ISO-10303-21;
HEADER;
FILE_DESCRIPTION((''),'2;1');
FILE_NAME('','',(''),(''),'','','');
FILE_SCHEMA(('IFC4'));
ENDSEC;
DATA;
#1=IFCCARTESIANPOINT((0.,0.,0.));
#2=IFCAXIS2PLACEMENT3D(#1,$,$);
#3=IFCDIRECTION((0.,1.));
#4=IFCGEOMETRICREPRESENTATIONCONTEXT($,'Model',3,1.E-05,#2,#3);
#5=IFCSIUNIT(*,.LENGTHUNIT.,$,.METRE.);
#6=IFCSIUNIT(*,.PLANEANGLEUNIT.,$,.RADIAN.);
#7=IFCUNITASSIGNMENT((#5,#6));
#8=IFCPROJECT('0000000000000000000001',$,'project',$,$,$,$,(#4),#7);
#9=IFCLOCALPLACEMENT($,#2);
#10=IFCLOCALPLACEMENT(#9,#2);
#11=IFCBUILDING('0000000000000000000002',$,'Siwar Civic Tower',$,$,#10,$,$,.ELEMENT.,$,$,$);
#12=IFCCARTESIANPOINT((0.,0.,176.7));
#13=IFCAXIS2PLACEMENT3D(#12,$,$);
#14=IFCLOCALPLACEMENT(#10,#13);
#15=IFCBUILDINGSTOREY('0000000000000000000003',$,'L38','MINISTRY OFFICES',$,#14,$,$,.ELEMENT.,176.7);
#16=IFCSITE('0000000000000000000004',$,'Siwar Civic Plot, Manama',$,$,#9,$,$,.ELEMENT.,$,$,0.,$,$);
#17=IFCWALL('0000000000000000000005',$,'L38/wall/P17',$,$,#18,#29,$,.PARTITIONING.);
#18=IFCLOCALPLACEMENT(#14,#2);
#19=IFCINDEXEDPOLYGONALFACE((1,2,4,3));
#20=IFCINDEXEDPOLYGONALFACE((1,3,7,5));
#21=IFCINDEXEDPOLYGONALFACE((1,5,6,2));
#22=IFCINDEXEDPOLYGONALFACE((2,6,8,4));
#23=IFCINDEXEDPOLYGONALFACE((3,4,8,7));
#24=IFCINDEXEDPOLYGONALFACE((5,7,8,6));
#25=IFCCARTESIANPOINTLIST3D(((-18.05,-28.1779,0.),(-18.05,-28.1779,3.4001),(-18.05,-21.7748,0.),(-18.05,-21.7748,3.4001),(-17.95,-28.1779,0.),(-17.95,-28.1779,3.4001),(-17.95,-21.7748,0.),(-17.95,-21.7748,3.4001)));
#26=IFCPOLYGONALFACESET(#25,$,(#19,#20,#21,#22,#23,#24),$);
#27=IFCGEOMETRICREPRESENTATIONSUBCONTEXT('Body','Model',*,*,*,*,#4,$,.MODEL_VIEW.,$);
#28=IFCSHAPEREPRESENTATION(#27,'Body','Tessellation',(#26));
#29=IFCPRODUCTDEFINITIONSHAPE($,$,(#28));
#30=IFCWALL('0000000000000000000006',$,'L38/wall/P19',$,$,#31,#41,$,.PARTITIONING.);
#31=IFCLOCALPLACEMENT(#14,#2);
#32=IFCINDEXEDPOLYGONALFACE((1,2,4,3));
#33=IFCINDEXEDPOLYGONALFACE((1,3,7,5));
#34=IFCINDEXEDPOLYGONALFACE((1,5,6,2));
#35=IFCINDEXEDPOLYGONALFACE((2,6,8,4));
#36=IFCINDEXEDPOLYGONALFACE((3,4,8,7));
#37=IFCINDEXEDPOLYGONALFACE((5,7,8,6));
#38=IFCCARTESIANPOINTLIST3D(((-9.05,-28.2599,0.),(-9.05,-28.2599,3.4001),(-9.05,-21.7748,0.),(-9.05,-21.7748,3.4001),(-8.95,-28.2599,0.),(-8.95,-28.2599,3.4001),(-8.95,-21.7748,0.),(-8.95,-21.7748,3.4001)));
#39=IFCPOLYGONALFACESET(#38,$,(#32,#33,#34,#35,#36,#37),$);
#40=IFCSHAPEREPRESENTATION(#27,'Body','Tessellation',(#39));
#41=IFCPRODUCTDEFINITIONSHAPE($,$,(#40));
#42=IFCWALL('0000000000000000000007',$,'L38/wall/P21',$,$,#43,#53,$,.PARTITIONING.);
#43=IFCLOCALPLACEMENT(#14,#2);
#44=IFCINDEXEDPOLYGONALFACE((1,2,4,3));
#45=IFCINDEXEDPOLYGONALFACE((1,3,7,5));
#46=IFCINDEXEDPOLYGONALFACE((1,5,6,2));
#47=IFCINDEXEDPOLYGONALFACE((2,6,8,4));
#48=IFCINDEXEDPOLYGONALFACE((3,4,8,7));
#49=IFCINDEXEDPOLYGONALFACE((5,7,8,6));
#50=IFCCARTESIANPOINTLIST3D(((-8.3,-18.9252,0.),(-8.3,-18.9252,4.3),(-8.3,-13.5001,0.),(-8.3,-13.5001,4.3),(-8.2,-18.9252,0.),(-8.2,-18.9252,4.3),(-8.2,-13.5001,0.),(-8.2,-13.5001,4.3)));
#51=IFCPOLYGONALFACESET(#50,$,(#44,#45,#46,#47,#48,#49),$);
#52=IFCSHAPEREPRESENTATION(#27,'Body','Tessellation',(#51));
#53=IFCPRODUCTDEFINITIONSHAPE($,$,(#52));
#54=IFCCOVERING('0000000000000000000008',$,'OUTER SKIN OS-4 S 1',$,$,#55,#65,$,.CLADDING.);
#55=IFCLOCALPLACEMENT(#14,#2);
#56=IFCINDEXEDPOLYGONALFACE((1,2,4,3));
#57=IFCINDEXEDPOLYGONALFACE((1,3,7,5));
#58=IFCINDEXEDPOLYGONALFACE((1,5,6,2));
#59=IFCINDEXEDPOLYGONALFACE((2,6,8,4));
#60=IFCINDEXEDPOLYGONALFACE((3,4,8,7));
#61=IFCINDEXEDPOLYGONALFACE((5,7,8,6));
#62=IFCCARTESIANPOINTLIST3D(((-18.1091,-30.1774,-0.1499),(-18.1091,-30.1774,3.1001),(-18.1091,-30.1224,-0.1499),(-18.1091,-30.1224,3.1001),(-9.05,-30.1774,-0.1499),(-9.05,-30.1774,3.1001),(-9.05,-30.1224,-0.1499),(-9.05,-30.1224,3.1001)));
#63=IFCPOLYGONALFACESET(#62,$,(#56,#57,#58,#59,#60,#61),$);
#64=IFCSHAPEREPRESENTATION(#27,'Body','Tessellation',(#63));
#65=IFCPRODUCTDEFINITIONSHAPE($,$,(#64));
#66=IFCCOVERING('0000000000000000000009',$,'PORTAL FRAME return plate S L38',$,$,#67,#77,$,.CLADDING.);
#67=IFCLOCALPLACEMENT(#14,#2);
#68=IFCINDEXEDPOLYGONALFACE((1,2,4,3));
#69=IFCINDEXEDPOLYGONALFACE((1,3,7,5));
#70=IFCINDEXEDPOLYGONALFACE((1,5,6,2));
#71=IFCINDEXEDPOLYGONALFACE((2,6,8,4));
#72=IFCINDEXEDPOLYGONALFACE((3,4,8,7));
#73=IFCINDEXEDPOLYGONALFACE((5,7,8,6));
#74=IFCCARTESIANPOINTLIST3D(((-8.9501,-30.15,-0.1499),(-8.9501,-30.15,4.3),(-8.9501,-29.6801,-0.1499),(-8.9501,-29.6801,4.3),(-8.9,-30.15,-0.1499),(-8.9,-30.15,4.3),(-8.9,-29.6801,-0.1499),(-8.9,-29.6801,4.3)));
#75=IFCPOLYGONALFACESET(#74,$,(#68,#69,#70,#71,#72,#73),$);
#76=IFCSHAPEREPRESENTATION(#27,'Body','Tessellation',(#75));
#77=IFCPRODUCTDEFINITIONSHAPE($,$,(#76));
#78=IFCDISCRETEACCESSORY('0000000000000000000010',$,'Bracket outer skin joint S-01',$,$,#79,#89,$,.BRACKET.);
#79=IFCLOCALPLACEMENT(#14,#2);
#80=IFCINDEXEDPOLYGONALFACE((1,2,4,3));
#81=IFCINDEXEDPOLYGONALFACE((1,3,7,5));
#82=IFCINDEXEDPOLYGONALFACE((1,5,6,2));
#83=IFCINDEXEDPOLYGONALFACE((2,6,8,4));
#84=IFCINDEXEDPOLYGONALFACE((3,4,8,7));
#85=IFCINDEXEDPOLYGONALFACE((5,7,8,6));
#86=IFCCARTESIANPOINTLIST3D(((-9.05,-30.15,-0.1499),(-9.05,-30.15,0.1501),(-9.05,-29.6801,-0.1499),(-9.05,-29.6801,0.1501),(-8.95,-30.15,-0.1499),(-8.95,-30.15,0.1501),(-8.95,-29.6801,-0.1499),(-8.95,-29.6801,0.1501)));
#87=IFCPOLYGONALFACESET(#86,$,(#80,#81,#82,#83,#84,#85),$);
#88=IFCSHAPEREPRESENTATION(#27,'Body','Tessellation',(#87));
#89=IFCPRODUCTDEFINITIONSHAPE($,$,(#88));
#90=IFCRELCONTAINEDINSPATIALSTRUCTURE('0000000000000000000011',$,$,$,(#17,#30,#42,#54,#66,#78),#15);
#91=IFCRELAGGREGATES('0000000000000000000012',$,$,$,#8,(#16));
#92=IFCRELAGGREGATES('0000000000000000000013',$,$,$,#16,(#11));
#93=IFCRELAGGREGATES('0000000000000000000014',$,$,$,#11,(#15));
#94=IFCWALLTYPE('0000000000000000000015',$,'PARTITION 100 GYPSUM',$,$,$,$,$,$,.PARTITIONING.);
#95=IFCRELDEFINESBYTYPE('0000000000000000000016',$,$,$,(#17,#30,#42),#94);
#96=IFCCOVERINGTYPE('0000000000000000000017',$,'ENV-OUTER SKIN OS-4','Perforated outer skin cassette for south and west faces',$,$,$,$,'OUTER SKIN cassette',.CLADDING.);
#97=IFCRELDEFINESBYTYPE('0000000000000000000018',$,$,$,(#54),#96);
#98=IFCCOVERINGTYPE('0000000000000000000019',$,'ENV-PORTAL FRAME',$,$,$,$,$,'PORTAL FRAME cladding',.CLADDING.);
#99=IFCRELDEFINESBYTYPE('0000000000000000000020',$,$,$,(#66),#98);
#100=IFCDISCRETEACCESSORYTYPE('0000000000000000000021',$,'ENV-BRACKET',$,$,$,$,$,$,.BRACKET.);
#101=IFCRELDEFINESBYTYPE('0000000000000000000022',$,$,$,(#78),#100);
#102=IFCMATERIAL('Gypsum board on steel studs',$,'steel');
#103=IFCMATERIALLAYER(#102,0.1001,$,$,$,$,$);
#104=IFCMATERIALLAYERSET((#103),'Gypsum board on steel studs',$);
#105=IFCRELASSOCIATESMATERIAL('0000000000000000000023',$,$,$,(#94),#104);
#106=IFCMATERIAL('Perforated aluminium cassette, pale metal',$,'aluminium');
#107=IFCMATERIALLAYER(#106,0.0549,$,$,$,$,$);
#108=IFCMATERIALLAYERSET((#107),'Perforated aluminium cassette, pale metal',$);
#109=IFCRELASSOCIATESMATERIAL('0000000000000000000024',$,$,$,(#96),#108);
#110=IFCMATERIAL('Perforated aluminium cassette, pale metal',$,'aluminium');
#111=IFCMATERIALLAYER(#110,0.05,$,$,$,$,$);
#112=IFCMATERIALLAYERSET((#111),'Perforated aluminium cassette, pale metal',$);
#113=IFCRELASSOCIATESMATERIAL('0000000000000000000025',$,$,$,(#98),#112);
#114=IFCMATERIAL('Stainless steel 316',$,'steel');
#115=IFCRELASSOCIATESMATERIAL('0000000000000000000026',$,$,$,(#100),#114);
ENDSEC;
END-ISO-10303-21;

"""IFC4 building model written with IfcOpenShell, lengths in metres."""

from ifc_helpers import new_model, si_unit, direction, frame, frame_2d, origin, origin_2d, place, context, subcontext, project, spatial, rectangle, extrude, material, layer, layer_set, type_object, element, save


model = new_model("IFC4")

# Units and contexts
model_context = context("Model", 3, precision=1e-05, world=origin(), true_north=direction((0.0, 1.0)))
body_context = subcontext(model_context, "Body", "Model", "MODEL_VIEW")
ifc_project = project(units=[si_unit("LENGTHUNIT", "METRE"), si_unit("PLANEANGLEUNIT", "RADIAN")], contexts=[model_context])

# Site, building, storey
site_placement = place(None, origin())
site = spatial("IfcSite", under=ifc_project, at=site_placement, Name="Siwar Civic Plot, Manama", CompositionType="ELEMENT", RefElevation=0.0)
building_placement = place(site_placement, origin())
building = spatial("IfcBuilding", under=site, at=building_placement, Name="Siwar Civic Tower", CompositionType="ELEMENT")
storey_placement = place(building_placement, frame((0.0, 0.0, 176.7)))
storey = spatial("IfcBuildingStorey", under=building, at=storey_placement, Name="L38", Description="MINISTRY OFFICES", CompositionType="ELEMENT", Elevation=176.7)

# Walls
ifc_material_1 = material(Name="Gypsum board on steel studs", Category="steel")
ifc_layer_1 = layer(ifc_material_1, 0.1001)
ifc_layer_set_1 = layer_set([ifc_layer_1], Name="Gypsum board on steel studs")
wall_type = type_object("IfcWallType", Name="PARTITION 100 GYPSUM", PredefinedType="PARTITIONING", material=ifc_layer_set_1)
wall_1_placement = place(storey_placement, frame((-18.0, -28.178, 0.0), z_axis=(0.0, 0.0, 1.0), x_axis=(0.0, 1.0, 0.0)))
element("IfcWall", 1, at=wall_1_placement, inside=storey, type_object=wall_type, Name="L38/wall/P17", PredefinedType="PARTITIONING", context=body_context, shape_type="SweptSolid", body=[
    extrude(rectangle(XDim=6.4031, YDim=0.1001, at=frame_2d((3.2017, 0.0))), origin(), (0.0, 0.0, 1.0), 3.4001),
])
wall_2_placement = place(storey_placement, frame((-9.0, -28.26, 0.0), z_axis=(0.0, 0.0, 1.0), x_axis=(0.0, 1.0, 0.0)))
element("IfcWall", 2, at=wall_2_placement, inside=storey, type_object=wall_type, Name="L38/wall/P19", PredefinedType="PARTITIONING", context=body_context, shape_type="SweptSolid", body=[
    extrude(rectangle(XDim=6.4851, YDim=0.1001, at=frame_2d((3.2427, 0.0))), origin(), (0.0, 0.0, 1.0), 3.4001),
])
wall_3_placement = place(storey_placement, frame((-8.25, -18.925, 0.0), z_axis=(0.0, 0.0, 1.0), x_axis=(0.0, 1.0, 0.0)))
element("IfcWall", 3, at=wall_3_placement, inside=storey, type_object=wall_type, Name="L38/wall/P21", PredefinedType="PARTITIONING", context=body_context, shape_type="SweptSolid", body=[
    extrude(rectangle(XDim=5.425, YDim=0.1001, at=frame_2d((2.7124, 0.0))), origin(), (0.0, 0.0, 1.0), 4.3),
])

# Coverings
ifc_material_2 = material(Name="Perforated aluminium cassette, pale metal", Category="aluminium")
ifc_layer_2 = layer(ifc_material_2, 0.0549)
ifc_layer_set_2 = layer_set([ifc_layer_2], Name="Perforated aluminium cassette, pale metal")
covering_type_1 = type_object("IfcCoveringType", Name="ENV-OUTER SKIN OS-4", Description="Perforated outer skin cassette for south and west faces", ElementType="OUTER SKIN cassette", PredefinedType="CLADDING", material=ifc_layer_set_2)
covering_1_placement = place(storey_placement, frame((-13.5796, -30.1499, -0.1499), z_axis=(0.0, 0.0, 1.0), x_axis=(1.0, 0.0, 0.0)))
element("IfcCovering", 4, at=covering_1_placement, inside=storey, type_object=covering_type_1, Name="OUTER SKIN OS-4 S 1", PredefinedType="CLADDING", context=body_context, shape_type="SweptSolid", body=[
    extrude(rectangle(XDim=9.0591, YDim=0.0549, at=origin_2d()), origin(), (0.0, 0.0, 1.0), 3.25),
])
ifc_material_3 = material(Name="Perforated aluminium cassette, pale metal", Category="aluminium")
ifc_layer_3 = layer(ifc_material_3, 0.05)
ifc_layer_set_3 = layer_set([ifc_layer_3], Name="Perforated aluminium cassette, pale metal")
covering_type_2 = type_object("IfcCoveringType", Name="ENV-PORTAL FRAME", ElementType="PORTAL FRAME cladding", PredefinedType="CLADDING", material=ifc_layer_set_3)
covering_2_placement = place(storey_placement, frame((-8.925, -29.915, -0.1499), z_axis=(0.0, 0.0, 1.0), x_axis=(1.0, 0.0, 0.0)))
element("IfcCovering", 5, at=covering_2_placement, inside=storey, type_object=covering_type_2, Name="PORTAL FRAME return plate S L38", PredefinedType="CLADDING", context=body_context, shape_type="SweptSolid", body=[
    extrude(rectangle(XDim=0.05, YDim=0.47, at=origin_2d()), origin(), (0.0, 0.0, 1.0), 4.45),
])

# Discrete accessory
ifc_material_4 = material(Name="Stainless steel 316", Category="steel")
discrete_accessory_type = type_object("IfcDiscreteAccessoryType", Name="ENV-BRACKET", PredefinedType="BRACKET", material=ifc_material_4)
discrete_accessory_placement = place(storey_placement, frame((-9.0, -29.915, -0.1499), z_axis=(0.0, 0.0, 1.0), x_axis=(0.0, -1.0, 0.0)))
element("IfcDiscreteAccessory", 6, at=discrete_accessory_placement, inside=storey, type_object=discrete_accessory_type, Name="Bracket outer skin joint S-01", PredefinedType="BRACKET", context=body_context, shape_type="SweptSolid", body=[
    extrude(rectangle(XDim=0.47, YDim=0.1001, at=origin_2d()), origin(), (0.0, 0.0, 1.0), 0.3),
])

save(model, "model.ifc")
